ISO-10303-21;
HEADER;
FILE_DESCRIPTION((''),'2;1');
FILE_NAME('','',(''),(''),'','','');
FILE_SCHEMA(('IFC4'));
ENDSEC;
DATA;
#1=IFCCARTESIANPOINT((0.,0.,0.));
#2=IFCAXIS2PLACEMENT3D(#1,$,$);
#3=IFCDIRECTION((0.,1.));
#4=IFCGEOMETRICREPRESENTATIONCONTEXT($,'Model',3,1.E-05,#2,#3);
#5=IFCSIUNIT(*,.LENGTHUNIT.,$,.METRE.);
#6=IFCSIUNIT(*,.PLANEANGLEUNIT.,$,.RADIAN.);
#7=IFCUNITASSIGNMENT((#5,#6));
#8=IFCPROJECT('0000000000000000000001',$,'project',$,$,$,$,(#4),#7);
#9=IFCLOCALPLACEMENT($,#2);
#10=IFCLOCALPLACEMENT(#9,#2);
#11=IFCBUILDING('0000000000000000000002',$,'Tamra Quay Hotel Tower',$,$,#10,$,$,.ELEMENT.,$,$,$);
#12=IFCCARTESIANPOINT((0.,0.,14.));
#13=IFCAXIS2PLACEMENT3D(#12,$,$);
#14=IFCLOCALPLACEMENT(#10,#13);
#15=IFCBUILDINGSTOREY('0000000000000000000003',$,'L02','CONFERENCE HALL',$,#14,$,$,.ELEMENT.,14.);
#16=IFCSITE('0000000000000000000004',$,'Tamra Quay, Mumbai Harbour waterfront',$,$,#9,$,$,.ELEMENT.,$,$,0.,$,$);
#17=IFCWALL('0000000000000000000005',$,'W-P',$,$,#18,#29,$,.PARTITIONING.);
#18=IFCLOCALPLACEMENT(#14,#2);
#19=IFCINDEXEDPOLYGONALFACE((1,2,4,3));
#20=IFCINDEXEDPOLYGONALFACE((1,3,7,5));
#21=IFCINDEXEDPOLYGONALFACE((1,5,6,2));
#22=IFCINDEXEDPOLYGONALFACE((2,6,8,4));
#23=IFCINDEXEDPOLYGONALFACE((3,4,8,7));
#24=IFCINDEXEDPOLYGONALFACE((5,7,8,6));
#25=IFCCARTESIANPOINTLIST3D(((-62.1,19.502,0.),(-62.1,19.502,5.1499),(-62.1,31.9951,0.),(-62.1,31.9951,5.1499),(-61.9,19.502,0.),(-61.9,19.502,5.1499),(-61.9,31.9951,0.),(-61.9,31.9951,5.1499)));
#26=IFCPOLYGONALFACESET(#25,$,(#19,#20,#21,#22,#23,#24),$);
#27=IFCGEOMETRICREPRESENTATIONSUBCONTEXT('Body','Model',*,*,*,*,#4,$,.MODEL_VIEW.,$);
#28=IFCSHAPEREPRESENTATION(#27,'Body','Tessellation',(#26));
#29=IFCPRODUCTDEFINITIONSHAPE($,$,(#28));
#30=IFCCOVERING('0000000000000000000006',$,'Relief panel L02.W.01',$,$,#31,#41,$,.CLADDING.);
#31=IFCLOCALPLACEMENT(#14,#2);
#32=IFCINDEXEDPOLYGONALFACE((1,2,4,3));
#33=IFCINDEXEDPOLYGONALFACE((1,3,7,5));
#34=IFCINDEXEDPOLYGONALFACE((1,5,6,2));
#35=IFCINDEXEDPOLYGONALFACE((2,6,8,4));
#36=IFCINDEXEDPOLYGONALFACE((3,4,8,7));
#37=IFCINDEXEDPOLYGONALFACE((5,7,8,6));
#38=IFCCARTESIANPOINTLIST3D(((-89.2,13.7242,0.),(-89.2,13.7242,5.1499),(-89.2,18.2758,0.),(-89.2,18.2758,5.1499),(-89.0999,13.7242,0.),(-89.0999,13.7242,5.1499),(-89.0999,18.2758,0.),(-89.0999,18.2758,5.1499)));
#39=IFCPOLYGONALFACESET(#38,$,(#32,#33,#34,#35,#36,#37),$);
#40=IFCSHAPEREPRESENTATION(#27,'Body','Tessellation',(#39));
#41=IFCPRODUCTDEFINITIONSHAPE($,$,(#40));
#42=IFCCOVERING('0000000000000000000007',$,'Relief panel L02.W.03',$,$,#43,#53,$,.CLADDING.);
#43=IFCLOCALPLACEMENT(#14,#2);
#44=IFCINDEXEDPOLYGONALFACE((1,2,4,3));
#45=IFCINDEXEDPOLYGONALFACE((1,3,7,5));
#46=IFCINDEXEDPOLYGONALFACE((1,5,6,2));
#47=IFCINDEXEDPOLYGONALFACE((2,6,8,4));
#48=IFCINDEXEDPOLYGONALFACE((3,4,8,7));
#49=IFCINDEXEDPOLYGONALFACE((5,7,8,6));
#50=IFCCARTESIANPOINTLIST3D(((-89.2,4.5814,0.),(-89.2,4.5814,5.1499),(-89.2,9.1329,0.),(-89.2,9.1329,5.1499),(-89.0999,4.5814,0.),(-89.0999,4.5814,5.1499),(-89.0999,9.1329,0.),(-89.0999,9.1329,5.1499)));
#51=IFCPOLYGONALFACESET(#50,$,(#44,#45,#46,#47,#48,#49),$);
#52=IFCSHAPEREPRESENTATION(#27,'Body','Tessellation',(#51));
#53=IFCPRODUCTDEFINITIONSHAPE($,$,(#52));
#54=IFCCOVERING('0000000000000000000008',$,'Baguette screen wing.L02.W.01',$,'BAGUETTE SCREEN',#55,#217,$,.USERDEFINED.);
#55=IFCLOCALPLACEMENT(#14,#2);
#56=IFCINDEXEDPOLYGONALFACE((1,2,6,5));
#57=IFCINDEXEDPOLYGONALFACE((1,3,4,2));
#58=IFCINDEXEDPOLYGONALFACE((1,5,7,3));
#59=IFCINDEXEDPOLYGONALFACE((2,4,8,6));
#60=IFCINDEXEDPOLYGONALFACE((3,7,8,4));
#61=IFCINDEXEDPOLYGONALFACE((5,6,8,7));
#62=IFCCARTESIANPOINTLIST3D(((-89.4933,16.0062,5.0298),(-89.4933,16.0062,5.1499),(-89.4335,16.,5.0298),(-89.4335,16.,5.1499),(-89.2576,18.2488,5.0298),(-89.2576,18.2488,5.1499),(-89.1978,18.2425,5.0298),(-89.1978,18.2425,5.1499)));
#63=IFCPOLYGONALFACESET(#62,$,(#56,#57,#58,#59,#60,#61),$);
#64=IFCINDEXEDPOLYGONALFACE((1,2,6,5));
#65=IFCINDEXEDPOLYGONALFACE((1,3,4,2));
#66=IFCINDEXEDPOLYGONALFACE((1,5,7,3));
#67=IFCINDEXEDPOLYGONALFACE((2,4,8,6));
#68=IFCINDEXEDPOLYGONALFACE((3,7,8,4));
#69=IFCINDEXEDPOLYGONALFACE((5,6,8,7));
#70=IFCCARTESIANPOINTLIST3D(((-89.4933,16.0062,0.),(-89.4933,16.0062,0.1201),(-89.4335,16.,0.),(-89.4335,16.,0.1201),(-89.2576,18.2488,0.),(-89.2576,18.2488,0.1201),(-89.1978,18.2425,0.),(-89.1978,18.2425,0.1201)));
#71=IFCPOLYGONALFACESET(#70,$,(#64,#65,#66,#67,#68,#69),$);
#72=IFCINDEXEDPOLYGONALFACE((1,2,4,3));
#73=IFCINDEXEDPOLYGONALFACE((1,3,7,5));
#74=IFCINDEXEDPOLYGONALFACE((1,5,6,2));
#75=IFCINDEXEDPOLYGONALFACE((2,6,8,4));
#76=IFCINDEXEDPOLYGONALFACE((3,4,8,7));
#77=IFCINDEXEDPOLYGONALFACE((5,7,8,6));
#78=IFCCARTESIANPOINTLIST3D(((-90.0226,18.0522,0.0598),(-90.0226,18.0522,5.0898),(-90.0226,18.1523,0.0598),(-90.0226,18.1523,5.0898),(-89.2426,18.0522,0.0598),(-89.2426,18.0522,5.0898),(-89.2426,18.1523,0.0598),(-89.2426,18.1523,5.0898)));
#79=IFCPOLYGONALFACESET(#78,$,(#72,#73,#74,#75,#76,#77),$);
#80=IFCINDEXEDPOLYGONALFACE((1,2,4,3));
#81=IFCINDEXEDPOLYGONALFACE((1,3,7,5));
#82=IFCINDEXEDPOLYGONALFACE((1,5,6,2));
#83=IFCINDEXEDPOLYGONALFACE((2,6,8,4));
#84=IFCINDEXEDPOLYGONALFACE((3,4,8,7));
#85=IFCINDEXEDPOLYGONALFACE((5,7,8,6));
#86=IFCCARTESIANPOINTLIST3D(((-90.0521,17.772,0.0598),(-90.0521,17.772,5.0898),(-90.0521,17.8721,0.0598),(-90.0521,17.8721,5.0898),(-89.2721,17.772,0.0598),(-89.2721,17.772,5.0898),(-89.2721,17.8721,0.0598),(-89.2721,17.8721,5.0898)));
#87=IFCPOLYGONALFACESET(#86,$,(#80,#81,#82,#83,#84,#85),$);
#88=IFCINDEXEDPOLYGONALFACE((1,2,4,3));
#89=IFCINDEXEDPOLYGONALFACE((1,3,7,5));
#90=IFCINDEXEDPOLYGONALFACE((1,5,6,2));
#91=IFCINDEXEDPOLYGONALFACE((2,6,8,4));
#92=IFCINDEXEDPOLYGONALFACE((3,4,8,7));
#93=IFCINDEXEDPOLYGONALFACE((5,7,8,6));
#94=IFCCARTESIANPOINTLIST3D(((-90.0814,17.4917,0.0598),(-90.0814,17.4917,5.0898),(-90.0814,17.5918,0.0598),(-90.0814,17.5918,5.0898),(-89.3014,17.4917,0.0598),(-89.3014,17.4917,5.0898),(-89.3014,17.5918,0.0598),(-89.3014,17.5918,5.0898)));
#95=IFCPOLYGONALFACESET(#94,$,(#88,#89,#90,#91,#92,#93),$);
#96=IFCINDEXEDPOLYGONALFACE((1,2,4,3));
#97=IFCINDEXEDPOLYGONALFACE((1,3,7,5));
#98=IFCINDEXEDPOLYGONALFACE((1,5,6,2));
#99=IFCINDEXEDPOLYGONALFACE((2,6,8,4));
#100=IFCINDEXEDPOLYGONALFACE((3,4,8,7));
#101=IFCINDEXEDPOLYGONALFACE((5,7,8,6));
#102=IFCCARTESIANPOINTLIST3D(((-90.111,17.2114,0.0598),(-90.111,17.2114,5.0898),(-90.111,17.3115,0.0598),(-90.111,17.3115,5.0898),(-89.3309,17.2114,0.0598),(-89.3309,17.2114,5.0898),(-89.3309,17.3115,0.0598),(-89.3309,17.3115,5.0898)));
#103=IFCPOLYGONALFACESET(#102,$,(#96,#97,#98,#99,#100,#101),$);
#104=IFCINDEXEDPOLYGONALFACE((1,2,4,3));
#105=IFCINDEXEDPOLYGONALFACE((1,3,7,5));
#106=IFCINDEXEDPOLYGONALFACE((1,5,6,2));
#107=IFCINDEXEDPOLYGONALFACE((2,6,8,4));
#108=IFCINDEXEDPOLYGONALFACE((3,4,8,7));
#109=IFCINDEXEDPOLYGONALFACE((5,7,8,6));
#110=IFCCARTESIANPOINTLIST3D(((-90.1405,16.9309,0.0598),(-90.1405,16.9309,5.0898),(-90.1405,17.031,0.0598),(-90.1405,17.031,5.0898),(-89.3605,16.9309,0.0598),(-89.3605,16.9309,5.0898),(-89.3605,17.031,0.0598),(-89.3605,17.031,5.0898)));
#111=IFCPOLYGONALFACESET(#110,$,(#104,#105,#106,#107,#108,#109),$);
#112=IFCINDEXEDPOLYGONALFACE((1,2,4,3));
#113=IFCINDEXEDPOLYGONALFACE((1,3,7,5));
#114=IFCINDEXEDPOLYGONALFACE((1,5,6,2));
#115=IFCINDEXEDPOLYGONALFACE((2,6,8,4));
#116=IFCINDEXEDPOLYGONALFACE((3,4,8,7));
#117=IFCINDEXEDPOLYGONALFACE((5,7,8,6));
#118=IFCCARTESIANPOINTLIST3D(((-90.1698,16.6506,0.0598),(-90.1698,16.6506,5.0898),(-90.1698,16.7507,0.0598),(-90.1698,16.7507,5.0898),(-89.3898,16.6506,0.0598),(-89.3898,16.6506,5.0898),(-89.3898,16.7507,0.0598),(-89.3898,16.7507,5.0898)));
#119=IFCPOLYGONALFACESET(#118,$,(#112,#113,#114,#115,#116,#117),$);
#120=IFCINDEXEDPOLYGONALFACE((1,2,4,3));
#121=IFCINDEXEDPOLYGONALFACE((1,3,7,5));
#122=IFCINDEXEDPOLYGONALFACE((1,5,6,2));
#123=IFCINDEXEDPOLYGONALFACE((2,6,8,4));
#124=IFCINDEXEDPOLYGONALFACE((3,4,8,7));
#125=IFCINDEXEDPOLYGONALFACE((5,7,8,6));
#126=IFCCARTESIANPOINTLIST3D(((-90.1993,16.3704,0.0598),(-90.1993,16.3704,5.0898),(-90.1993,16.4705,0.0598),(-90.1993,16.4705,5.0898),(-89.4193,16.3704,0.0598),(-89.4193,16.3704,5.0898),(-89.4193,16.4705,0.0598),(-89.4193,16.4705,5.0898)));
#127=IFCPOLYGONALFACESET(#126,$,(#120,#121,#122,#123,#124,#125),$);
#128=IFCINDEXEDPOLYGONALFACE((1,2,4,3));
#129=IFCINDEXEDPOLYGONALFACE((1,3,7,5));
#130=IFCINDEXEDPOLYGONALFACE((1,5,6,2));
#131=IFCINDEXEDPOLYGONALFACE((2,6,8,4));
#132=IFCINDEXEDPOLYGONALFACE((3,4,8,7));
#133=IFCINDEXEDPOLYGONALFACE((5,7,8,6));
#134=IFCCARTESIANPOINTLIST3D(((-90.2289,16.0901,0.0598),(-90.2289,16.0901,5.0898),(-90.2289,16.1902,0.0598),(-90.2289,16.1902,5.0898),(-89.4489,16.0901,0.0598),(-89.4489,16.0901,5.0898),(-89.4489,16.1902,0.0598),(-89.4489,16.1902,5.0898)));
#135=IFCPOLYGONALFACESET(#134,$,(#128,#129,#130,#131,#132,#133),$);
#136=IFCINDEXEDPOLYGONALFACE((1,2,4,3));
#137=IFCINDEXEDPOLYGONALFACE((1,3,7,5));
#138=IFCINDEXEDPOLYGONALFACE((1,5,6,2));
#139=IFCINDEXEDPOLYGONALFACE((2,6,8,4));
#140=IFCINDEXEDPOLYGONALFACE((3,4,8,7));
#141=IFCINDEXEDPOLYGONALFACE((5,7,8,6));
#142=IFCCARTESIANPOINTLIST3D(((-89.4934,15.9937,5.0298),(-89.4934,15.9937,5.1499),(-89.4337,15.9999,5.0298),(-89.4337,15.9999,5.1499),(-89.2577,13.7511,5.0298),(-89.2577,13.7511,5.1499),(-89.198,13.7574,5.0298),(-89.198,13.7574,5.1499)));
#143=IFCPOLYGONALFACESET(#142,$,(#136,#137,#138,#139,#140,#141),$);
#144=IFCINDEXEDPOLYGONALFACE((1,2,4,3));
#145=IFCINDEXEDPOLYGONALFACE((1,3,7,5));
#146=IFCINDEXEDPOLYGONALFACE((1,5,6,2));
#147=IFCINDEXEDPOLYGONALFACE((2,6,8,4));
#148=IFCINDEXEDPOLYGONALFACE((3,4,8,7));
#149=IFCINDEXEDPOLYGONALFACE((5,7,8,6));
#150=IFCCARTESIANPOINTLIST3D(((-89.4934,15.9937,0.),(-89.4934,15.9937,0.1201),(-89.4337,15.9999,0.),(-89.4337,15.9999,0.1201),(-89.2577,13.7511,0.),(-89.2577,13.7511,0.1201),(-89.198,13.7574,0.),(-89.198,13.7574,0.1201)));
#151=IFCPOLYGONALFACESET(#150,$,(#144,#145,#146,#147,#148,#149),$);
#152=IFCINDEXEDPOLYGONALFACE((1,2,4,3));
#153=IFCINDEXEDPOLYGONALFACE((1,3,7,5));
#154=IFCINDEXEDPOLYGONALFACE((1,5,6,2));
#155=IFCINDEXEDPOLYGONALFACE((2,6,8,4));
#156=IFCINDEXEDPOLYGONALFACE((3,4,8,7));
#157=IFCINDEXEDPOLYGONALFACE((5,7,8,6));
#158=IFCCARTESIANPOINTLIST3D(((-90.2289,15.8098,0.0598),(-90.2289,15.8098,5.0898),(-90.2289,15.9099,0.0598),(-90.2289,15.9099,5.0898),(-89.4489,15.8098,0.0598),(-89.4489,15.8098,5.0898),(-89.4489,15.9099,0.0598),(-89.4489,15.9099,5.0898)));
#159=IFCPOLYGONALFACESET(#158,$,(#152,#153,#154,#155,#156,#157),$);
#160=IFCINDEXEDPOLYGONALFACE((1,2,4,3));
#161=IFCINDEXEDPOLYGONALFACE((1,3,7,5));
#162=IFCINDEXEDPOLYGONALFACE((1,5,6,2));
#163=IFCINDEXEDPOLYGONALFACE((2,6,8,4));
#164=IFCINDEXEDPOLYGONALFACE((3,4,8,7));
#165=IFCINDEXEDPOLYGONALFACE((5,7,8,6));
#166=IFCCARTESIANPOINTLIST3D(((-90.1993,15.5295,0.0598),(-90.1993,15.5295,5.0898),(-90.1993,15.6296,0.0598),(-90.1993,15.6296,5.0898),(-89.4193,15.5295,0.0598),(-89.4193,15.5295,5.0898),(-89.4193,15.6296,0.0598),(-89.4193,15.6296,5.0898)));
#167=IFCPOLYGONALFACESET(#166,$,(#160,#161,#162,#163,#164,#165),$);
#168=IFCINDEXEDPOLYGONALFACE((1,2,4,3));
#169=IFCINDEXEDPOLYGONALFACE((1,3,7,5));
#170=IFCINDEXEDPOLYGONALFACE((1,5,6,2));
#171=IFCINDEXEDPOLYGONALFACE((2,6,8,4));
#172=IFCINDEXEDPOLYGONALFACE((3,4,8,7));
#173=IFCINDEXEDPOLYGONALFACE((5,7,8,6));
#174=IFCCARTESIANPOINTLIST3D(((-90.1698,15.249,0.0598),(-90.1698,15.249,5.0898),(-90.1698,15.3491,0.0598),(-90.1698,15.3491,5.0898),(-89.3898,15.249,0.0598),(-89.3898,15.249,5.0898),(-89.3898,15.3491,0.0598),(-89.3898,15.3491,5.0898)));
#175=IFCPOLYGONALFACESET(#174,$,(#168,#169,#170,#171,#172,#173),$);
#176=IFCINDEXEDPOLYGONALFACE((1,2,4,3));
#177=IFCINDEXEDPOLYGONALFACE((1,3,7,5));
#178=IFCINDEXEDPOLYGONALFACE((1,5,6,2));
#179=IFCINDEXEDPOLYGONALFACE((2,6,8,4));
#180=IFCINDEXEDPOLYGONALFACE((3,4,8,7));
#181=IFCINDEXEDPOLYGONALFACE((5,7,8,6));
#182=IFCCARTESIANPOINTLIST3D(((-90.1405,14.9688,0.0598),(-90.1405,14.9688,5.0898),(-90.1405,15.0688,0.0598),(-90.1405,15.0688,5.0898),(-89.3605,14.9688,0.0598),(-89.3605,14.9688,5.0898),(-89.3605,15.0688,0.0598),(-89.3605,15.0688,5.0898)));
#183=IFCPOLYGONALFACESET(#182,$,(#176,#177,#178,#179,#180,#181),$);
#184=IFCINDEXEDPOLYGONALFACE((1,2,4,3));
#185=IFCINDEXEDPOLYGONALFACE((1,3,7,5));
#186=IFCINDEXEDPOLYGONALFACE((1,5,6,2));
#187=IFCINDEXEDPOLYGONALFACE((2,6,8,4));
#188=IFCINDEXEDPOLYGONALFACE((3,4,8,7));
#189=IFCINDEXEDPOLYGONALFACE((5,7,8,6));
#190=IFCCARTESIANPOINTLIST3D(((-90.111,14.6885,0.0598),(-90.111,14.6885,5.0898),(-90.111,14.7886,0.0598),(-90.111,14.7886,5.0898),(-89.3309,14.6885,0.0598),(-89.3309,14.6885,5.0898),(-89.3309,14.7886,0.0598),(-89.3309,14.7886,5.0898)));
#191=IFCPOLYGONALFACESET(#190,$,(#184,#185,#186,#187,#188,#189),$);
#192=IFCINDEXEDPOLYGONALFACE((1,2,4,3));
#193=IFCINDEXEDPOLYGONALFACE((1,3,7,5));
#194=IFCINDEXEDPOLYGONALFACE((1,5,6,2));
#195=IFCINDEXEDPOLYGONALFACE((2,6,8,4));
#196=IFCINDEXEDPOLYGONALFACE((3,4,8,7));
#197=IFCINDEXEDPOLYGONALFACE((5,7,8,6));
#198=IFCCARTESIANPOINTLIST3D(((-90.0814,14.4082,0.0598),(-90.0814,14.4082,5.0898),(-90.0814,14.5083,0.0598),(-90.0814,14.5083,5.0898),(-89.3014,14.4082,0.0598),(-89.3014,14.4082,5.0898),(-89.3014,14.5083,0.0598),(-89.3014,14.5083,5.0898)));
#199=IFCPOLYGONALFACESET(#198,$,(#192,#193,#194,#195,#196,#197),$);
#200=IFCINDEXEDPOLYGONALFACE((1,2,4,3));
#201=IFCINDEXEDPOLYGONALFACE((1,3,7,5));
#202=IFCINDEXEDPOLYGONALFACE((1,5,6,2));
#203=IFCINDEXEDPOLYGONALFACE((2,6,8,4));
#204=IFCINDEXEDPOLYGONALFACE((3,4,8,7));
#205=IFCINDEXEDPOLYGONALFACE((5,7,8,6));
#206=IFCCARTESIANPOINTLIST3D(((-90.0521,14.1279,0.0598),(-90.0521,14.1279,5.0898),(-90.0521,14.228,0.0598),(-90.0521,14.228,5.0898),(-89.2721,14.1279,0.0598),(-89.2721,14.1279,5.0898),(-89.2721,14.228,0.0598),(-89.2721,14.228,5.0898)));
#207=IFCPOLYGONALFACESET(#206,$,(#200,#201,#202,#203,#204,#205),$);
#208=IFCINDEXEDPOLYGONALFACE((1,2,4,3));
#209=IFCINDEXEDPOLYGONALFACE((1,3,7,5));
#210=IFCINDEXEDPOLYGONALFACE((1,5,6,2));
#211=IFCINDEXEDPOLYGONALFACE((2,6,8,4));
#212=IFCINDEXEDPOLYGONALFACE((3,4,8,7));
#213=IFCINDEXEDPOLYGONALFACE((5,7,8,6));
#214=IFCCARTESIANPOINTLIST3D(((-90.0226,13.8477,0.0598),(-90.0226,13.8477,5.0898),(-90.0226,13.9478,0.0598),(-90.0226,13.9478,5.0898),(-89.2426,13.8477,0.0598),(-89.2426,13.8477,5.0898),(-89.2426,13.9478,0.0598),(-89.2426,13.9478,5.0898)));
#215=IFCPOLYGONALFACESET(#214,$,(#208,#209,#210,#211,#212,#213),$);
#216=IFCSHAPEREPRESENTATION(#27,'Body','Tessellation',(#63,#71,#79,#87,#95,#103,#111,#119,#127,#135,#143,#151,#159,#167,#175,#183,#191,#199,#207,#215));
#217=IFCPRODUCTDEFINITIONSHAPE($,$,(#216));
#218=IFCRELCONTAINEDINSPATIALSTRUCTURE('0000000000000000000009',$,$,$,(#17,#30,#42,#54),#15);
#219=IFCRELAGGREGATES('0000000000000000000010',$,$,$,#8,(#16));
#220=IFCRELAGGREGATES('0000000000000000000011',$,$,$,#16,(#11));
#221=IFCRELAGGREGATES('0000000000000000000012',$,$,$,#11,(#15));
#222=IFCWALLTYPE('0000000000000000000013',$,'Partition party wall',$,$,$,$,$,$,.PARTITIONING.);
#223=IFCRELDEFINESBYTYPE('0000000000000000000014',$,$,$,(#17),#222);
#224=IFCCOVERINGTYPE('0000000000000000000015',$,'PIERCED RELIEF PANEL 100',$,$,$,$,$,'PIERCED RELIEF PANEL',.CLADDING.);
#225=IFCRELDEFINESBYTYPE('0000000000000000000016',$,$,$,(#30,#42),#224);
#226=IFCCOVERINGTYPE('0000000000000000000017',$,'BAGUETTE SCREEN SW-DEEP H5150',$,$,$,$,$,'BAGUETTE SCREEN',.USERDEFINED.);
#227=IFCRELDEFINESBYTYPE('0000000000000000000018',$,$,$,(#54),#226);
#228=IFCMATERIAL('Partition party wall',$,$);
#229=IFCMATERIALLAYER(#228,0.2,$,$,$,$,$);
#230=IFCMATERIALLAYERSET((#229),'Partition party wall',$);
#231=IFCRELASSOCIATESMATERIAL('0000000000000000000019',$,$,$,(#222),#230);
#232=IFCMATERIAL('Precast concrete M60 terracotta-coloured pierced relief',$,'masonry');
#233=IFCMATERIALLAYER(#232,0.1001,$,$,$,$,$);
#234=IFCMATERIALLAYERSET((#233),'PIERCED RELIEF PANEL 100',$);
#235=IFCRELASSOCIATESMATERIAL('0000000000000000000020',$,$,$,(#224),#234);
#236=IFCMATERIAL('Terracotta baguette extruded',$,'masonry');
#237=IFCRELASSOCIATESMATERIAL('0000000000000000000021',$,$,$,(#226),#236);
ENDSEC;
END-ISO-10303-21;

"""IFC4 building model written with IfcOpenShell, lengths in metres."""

from ifc_helpers import new_model, si_unit, direction, frame, frame_2d, origin, origin_2d, place, context, subcontext, project, spatial, rectangle, extrude, source, transform, mapped, material, layer, layer_set, type_object, element, save


model = new_model("IFC4")

# Units and contexts
model_context = context("Model", 3, precision=1e-05, world=origin(), true_north=direction((0.0, 1.0)))
body_context = subcontext(model_context, "Body", "Model", "MODEL_VIEW")
ifc_project = project(units=[si_unit("LENGTHUNIT", "METRE"), si_unit("PLANEANGLEUNIT", "RADIAN")], contexts=[model_context])

# Site, building, storey
site_placement = place(None, origin())
site = spatial("IfcSite", under=ifc_project, at=site_placement, Name="Tamra Quay, Mumbai Harbour waterfront", CompositionType="ELEMENT", RefElevation=0.0)
building_placement = place(site_placement, origin())
building = spatial("IfcBuilding", under=site, at=building_placement, Name="Tamra Quay Hotel Tower", CompositionType="ELEMENT")
storey_placement = place(building_placement, frame((0.0, 0.0, 14.0)))
storey = spatial("IfcBuildingStorey", under=building, at=storey_placement, Name="L02", Description="CONFERENCE HALL", CompositionType="ELEMENT", Elevation=14.0)

# Wall
ifc_material_1 = material(Name="Partition party wall")
ifc_layer_1 = layer(ifc_material_1, 0.2)
ifc_layer_set_1 = layer_set([ifc_layer_1], Name="Partition party wall")
wall_type_1 = type_object("IfcWallType", Name="Partition party wall", PredefinedType="PARTITIONING", material=ifc_layer_set_1)
wall_1_placement = place(storey_placement, frame((-62.0, 19.502, 0.0), z_axis=(0.0, 0.0, 1.0), x_axis=(0.0, 1.0, 0.0)))
element("IfcWall", 1, at=wall_1_placement, inside=storey, type_object=wall_type_1, Name="W-P", PredefinedType="PARTITIONING", context=body_context, shape_type="SweptSolid", body=[
    extrude(rectangle(XDim=12.4932, YDim=0.2, at=frame_2d((6.2466, 0.0))), origin(), (0.0, 0.0, 1.0), 5.1499),
])

# Coverings
ifc_material_2 = material(Name="Precast concrete M60 terracotta-coloured pierced relief", Category="masonry")
ifc_layer_2 = layer(ifc_material_2, 0.1001)
ifc_layer_set_2 = layer_set([ifc_layer_2], Name="PIERCED RELIEF PANEL 100")
covering_type_1 = type_object("IfcCoveringType", Name="PIERCED RELIEF PANEL 100", ElementType="PIERCED RELIEF PANEL", PredefinedType="CLADDING", material=ifc_layer_set_2)
for number, where, z_axis, x_axis, name in (
    (2, (-89.1499, 16.0, 0.0), (0.0, 0.0, 1.0), (0.0, -1.0, 0.0), "Relief panel L02.W.01"),
    (3, (-89.1499, 6.8572, 0.0), (0.0, 0.0, 1.0), (0.0, -1.0, 0.0), "Relief panel L02.W.03"),
):
    element("IfcCovering", number, at=place(storey_placement, frame(where, z_axis=z_axis, x_axis=x_axis)), inside=storey, type_object=covering_type_1, Name=name, PredefinedType="CLADDING", context=body_context, shape_type="SweptSolid", body=[
        extrude(rectangle(XDim=4.5515, YDim=0.1001, at=origin_2d()), origin(), (0.0, 0.0, 1.0), 5.1499),
    ])
ifc_material_3 = material(Name="Terracotta baguette extruded", Category="masonry")
covering_type_2 = type_object("IfcCoveringType", Name="BAGUETTE SCREEN SW-DEEP H5150", ElementType="BAGUETTE SCREEN", PredefinedType="USERDEFINED", material=ifc_material_3)
shared_shape_1 = source(origin(), body_context, "Body", "SweptSolid", [
    extrude(rectangle(XDim=2.2549, YDim=0.0601, at=frame_2d((1.1274, 0.03))), frame((-2.2488, -0.0576, -0.1201), z_axis=(0.0, 0.0, 1.0), x_axis=(0.994522, -0.104528, 0.0)), (0.0, 0.0, 1.0), 0.1201),
    extrude(rectangle(XDim=2.2549, YDim=0.0601, at=frame_2d((1.1274, 0.03))), frame((-2.2488, -0.0576, -5.1499), z_axis=(0.0, 0.0, 1.0), x_axis=(0.994522, -0.104528, 0.0)), (0.0, 0.0, 1.0), 0.1201),
    extrude(rectangle(XDim=0.1001, YDim=0.78, at=frame_2d((0.05, 0.3901))), frame((-2.1523, -0.8228, -5.0901)), (0.0, 0.0, 1.0), 5.03),
    extrude(rectangle(XDim=0.1001, YDim=0.78, at=frame_2d((0.05, 0.3901))), frame((-1.8721, -0.8523, -5.0901)), (0.0, 0.0, 1.0), 5.03),
    extrude(rectangle(XDim=0.1001, YDim=0.78, at=frame_2d((0.05, 0.3901))), frame((-1.5918, -0.8816, -5.0901)), (0.0, 0.0, 1.0), 5.03),
    extrude(rectangle(XDim=0.1001, YDim=0.78, at=frame_2d((0.05, 0.3901))), frame((-1.3115, -0.9111, -5.0901)), (0.0, 0.0, 1.0), 5.03),
    extrude(rectangle(XDim=0.1001, YDim=0.78, at=frame_2d((0.05, 0.3901))), frame((-1.031, -0.9407, -5.0901)), (0.0, 0.0, 1.0), 5.03),
    extrude(rectangle(XDim=0.1001, YDim=0.78, at=frame_2d((0.05, 0.3901))), frame((-0.7507, -0.97, -5.0901)), (0.0, 0.0, 1.0), 5.03),
    extrude(rectangle(XDim=0.1001, YDim=0.78, at=frame_2d((0.05, 0.3901))), frame((-0.4705, -0.9995, -5.0901)), (0.0, 0.0, 1.0), 5.03),
    extrude(rectangle(XDim=0.1001, YDim=0.78, at=frame_2d((0.05, 0.3901))), frame((-0.1902, -1.0291, -5.0901)), (0.0, 0.0, 1.0), 5.03),
    extrude(rectangle(XDim=2.2549, YDim=0.0601, at=frame_2d((1.1274, 0.03))), frame((0.0063, -0.2935, -0.1201), z_axis=(0.0, 0.0, 1.0), x_axis=(0.994522, 0.104528, 0.0)), (0.0, 0.0, 1.0), 0.1201),
    extrude(rectangle(XDim=2.2549, YDim=0.0601, at=frame_2d((1.1274, 0.03))), frame((0.0063, -0.2935, -5.1499), z_axis=(0.0, 0.0, 1.0), x_axis=(0.994522, 0.104528, 0.0)), (0.0, 0.0, 1.0), 0.1201),
    extrude(rectangle(XDim=0.1001, YDim=0.78, at=frame_2d((0.05, 0.3901))), frame((0.0901, -1.0291, -5.0901)), (0.0, 0.0, 1.0), 5.03),
    extrude(rectangle(XDim=0.1001, YDim=0.78, at=frame_2d((0.05, 0.3901))), frame((0.3704, -0.9995, -5.0901)), (0.0, 0.0, 1.0), 5.03),
    extrude(rectangle(XDim=0.1001, YDim=0.78, at=frame_2d((0.05, 0.3901))), frame((0.6509, -0.97, -5.0901)), (0.0, 0.0, 1.0), 5.03),
    extrude(rectangle(XDim=0.1001, YDim=0.78, at=frame_2d((0.05, 0.3901))), frame((0.9312, -0.9407, -5.0901)), (0.0, 0.0, 1.0), 5.03),
    extrude(rectangle(XDim=0.1001, YDim=0.78, at=frame_2d((0.05, 0.3901))), frame((1.2114, -0.9111, -5.0901)), (0.0, 0.0, 1.0), 5.03),
    extrude(rectangle(XDim=0.1001, YDim=0.78, at=frame_2d((0.05, 0.3901))), frame((1.4917, -0.8816, -5.0901)), (0.0, 0.0, 1.0), 5.03),
    extrude(rectangle(XDim=0.1001, YDim=0.78, at=frame_2d((0.05, 0.3901))), frame((1.772, -0.8523, -5.0901)), (0.0, 0.0, 1.0), 5.03),
    extrude(rectangle(XDim=0.1001, YDim=0.78, at=frame_2d((0.05, 0.3901))), frame((2.0522, -0.8228, -5.0901)), (0.0, 0.0, 1.0), 5.03),
])
covering_1_placement = place(storey_placement, frame((-89.2, 16.0, 5.1499), z_axis=(0.0, 0.0, 1.0), x_axis=(0.0, -1.0, 0.0)))
element("IfcCovering", 4, at=covering_1_placement, inside=storey, type_object=covering_type_2, Name="Baguette screen wing.L02.W.01", ObjectType="BAGUETTE SCREEN", PredefinedType="USERDEFINED", context=body_context, shape_type="MappedRepresentation", body=[
    mapped(shared_shape_1, transform((0.0, 0.0, 0.0), scale=1.0)),
])

save(model, "model.ifc")
